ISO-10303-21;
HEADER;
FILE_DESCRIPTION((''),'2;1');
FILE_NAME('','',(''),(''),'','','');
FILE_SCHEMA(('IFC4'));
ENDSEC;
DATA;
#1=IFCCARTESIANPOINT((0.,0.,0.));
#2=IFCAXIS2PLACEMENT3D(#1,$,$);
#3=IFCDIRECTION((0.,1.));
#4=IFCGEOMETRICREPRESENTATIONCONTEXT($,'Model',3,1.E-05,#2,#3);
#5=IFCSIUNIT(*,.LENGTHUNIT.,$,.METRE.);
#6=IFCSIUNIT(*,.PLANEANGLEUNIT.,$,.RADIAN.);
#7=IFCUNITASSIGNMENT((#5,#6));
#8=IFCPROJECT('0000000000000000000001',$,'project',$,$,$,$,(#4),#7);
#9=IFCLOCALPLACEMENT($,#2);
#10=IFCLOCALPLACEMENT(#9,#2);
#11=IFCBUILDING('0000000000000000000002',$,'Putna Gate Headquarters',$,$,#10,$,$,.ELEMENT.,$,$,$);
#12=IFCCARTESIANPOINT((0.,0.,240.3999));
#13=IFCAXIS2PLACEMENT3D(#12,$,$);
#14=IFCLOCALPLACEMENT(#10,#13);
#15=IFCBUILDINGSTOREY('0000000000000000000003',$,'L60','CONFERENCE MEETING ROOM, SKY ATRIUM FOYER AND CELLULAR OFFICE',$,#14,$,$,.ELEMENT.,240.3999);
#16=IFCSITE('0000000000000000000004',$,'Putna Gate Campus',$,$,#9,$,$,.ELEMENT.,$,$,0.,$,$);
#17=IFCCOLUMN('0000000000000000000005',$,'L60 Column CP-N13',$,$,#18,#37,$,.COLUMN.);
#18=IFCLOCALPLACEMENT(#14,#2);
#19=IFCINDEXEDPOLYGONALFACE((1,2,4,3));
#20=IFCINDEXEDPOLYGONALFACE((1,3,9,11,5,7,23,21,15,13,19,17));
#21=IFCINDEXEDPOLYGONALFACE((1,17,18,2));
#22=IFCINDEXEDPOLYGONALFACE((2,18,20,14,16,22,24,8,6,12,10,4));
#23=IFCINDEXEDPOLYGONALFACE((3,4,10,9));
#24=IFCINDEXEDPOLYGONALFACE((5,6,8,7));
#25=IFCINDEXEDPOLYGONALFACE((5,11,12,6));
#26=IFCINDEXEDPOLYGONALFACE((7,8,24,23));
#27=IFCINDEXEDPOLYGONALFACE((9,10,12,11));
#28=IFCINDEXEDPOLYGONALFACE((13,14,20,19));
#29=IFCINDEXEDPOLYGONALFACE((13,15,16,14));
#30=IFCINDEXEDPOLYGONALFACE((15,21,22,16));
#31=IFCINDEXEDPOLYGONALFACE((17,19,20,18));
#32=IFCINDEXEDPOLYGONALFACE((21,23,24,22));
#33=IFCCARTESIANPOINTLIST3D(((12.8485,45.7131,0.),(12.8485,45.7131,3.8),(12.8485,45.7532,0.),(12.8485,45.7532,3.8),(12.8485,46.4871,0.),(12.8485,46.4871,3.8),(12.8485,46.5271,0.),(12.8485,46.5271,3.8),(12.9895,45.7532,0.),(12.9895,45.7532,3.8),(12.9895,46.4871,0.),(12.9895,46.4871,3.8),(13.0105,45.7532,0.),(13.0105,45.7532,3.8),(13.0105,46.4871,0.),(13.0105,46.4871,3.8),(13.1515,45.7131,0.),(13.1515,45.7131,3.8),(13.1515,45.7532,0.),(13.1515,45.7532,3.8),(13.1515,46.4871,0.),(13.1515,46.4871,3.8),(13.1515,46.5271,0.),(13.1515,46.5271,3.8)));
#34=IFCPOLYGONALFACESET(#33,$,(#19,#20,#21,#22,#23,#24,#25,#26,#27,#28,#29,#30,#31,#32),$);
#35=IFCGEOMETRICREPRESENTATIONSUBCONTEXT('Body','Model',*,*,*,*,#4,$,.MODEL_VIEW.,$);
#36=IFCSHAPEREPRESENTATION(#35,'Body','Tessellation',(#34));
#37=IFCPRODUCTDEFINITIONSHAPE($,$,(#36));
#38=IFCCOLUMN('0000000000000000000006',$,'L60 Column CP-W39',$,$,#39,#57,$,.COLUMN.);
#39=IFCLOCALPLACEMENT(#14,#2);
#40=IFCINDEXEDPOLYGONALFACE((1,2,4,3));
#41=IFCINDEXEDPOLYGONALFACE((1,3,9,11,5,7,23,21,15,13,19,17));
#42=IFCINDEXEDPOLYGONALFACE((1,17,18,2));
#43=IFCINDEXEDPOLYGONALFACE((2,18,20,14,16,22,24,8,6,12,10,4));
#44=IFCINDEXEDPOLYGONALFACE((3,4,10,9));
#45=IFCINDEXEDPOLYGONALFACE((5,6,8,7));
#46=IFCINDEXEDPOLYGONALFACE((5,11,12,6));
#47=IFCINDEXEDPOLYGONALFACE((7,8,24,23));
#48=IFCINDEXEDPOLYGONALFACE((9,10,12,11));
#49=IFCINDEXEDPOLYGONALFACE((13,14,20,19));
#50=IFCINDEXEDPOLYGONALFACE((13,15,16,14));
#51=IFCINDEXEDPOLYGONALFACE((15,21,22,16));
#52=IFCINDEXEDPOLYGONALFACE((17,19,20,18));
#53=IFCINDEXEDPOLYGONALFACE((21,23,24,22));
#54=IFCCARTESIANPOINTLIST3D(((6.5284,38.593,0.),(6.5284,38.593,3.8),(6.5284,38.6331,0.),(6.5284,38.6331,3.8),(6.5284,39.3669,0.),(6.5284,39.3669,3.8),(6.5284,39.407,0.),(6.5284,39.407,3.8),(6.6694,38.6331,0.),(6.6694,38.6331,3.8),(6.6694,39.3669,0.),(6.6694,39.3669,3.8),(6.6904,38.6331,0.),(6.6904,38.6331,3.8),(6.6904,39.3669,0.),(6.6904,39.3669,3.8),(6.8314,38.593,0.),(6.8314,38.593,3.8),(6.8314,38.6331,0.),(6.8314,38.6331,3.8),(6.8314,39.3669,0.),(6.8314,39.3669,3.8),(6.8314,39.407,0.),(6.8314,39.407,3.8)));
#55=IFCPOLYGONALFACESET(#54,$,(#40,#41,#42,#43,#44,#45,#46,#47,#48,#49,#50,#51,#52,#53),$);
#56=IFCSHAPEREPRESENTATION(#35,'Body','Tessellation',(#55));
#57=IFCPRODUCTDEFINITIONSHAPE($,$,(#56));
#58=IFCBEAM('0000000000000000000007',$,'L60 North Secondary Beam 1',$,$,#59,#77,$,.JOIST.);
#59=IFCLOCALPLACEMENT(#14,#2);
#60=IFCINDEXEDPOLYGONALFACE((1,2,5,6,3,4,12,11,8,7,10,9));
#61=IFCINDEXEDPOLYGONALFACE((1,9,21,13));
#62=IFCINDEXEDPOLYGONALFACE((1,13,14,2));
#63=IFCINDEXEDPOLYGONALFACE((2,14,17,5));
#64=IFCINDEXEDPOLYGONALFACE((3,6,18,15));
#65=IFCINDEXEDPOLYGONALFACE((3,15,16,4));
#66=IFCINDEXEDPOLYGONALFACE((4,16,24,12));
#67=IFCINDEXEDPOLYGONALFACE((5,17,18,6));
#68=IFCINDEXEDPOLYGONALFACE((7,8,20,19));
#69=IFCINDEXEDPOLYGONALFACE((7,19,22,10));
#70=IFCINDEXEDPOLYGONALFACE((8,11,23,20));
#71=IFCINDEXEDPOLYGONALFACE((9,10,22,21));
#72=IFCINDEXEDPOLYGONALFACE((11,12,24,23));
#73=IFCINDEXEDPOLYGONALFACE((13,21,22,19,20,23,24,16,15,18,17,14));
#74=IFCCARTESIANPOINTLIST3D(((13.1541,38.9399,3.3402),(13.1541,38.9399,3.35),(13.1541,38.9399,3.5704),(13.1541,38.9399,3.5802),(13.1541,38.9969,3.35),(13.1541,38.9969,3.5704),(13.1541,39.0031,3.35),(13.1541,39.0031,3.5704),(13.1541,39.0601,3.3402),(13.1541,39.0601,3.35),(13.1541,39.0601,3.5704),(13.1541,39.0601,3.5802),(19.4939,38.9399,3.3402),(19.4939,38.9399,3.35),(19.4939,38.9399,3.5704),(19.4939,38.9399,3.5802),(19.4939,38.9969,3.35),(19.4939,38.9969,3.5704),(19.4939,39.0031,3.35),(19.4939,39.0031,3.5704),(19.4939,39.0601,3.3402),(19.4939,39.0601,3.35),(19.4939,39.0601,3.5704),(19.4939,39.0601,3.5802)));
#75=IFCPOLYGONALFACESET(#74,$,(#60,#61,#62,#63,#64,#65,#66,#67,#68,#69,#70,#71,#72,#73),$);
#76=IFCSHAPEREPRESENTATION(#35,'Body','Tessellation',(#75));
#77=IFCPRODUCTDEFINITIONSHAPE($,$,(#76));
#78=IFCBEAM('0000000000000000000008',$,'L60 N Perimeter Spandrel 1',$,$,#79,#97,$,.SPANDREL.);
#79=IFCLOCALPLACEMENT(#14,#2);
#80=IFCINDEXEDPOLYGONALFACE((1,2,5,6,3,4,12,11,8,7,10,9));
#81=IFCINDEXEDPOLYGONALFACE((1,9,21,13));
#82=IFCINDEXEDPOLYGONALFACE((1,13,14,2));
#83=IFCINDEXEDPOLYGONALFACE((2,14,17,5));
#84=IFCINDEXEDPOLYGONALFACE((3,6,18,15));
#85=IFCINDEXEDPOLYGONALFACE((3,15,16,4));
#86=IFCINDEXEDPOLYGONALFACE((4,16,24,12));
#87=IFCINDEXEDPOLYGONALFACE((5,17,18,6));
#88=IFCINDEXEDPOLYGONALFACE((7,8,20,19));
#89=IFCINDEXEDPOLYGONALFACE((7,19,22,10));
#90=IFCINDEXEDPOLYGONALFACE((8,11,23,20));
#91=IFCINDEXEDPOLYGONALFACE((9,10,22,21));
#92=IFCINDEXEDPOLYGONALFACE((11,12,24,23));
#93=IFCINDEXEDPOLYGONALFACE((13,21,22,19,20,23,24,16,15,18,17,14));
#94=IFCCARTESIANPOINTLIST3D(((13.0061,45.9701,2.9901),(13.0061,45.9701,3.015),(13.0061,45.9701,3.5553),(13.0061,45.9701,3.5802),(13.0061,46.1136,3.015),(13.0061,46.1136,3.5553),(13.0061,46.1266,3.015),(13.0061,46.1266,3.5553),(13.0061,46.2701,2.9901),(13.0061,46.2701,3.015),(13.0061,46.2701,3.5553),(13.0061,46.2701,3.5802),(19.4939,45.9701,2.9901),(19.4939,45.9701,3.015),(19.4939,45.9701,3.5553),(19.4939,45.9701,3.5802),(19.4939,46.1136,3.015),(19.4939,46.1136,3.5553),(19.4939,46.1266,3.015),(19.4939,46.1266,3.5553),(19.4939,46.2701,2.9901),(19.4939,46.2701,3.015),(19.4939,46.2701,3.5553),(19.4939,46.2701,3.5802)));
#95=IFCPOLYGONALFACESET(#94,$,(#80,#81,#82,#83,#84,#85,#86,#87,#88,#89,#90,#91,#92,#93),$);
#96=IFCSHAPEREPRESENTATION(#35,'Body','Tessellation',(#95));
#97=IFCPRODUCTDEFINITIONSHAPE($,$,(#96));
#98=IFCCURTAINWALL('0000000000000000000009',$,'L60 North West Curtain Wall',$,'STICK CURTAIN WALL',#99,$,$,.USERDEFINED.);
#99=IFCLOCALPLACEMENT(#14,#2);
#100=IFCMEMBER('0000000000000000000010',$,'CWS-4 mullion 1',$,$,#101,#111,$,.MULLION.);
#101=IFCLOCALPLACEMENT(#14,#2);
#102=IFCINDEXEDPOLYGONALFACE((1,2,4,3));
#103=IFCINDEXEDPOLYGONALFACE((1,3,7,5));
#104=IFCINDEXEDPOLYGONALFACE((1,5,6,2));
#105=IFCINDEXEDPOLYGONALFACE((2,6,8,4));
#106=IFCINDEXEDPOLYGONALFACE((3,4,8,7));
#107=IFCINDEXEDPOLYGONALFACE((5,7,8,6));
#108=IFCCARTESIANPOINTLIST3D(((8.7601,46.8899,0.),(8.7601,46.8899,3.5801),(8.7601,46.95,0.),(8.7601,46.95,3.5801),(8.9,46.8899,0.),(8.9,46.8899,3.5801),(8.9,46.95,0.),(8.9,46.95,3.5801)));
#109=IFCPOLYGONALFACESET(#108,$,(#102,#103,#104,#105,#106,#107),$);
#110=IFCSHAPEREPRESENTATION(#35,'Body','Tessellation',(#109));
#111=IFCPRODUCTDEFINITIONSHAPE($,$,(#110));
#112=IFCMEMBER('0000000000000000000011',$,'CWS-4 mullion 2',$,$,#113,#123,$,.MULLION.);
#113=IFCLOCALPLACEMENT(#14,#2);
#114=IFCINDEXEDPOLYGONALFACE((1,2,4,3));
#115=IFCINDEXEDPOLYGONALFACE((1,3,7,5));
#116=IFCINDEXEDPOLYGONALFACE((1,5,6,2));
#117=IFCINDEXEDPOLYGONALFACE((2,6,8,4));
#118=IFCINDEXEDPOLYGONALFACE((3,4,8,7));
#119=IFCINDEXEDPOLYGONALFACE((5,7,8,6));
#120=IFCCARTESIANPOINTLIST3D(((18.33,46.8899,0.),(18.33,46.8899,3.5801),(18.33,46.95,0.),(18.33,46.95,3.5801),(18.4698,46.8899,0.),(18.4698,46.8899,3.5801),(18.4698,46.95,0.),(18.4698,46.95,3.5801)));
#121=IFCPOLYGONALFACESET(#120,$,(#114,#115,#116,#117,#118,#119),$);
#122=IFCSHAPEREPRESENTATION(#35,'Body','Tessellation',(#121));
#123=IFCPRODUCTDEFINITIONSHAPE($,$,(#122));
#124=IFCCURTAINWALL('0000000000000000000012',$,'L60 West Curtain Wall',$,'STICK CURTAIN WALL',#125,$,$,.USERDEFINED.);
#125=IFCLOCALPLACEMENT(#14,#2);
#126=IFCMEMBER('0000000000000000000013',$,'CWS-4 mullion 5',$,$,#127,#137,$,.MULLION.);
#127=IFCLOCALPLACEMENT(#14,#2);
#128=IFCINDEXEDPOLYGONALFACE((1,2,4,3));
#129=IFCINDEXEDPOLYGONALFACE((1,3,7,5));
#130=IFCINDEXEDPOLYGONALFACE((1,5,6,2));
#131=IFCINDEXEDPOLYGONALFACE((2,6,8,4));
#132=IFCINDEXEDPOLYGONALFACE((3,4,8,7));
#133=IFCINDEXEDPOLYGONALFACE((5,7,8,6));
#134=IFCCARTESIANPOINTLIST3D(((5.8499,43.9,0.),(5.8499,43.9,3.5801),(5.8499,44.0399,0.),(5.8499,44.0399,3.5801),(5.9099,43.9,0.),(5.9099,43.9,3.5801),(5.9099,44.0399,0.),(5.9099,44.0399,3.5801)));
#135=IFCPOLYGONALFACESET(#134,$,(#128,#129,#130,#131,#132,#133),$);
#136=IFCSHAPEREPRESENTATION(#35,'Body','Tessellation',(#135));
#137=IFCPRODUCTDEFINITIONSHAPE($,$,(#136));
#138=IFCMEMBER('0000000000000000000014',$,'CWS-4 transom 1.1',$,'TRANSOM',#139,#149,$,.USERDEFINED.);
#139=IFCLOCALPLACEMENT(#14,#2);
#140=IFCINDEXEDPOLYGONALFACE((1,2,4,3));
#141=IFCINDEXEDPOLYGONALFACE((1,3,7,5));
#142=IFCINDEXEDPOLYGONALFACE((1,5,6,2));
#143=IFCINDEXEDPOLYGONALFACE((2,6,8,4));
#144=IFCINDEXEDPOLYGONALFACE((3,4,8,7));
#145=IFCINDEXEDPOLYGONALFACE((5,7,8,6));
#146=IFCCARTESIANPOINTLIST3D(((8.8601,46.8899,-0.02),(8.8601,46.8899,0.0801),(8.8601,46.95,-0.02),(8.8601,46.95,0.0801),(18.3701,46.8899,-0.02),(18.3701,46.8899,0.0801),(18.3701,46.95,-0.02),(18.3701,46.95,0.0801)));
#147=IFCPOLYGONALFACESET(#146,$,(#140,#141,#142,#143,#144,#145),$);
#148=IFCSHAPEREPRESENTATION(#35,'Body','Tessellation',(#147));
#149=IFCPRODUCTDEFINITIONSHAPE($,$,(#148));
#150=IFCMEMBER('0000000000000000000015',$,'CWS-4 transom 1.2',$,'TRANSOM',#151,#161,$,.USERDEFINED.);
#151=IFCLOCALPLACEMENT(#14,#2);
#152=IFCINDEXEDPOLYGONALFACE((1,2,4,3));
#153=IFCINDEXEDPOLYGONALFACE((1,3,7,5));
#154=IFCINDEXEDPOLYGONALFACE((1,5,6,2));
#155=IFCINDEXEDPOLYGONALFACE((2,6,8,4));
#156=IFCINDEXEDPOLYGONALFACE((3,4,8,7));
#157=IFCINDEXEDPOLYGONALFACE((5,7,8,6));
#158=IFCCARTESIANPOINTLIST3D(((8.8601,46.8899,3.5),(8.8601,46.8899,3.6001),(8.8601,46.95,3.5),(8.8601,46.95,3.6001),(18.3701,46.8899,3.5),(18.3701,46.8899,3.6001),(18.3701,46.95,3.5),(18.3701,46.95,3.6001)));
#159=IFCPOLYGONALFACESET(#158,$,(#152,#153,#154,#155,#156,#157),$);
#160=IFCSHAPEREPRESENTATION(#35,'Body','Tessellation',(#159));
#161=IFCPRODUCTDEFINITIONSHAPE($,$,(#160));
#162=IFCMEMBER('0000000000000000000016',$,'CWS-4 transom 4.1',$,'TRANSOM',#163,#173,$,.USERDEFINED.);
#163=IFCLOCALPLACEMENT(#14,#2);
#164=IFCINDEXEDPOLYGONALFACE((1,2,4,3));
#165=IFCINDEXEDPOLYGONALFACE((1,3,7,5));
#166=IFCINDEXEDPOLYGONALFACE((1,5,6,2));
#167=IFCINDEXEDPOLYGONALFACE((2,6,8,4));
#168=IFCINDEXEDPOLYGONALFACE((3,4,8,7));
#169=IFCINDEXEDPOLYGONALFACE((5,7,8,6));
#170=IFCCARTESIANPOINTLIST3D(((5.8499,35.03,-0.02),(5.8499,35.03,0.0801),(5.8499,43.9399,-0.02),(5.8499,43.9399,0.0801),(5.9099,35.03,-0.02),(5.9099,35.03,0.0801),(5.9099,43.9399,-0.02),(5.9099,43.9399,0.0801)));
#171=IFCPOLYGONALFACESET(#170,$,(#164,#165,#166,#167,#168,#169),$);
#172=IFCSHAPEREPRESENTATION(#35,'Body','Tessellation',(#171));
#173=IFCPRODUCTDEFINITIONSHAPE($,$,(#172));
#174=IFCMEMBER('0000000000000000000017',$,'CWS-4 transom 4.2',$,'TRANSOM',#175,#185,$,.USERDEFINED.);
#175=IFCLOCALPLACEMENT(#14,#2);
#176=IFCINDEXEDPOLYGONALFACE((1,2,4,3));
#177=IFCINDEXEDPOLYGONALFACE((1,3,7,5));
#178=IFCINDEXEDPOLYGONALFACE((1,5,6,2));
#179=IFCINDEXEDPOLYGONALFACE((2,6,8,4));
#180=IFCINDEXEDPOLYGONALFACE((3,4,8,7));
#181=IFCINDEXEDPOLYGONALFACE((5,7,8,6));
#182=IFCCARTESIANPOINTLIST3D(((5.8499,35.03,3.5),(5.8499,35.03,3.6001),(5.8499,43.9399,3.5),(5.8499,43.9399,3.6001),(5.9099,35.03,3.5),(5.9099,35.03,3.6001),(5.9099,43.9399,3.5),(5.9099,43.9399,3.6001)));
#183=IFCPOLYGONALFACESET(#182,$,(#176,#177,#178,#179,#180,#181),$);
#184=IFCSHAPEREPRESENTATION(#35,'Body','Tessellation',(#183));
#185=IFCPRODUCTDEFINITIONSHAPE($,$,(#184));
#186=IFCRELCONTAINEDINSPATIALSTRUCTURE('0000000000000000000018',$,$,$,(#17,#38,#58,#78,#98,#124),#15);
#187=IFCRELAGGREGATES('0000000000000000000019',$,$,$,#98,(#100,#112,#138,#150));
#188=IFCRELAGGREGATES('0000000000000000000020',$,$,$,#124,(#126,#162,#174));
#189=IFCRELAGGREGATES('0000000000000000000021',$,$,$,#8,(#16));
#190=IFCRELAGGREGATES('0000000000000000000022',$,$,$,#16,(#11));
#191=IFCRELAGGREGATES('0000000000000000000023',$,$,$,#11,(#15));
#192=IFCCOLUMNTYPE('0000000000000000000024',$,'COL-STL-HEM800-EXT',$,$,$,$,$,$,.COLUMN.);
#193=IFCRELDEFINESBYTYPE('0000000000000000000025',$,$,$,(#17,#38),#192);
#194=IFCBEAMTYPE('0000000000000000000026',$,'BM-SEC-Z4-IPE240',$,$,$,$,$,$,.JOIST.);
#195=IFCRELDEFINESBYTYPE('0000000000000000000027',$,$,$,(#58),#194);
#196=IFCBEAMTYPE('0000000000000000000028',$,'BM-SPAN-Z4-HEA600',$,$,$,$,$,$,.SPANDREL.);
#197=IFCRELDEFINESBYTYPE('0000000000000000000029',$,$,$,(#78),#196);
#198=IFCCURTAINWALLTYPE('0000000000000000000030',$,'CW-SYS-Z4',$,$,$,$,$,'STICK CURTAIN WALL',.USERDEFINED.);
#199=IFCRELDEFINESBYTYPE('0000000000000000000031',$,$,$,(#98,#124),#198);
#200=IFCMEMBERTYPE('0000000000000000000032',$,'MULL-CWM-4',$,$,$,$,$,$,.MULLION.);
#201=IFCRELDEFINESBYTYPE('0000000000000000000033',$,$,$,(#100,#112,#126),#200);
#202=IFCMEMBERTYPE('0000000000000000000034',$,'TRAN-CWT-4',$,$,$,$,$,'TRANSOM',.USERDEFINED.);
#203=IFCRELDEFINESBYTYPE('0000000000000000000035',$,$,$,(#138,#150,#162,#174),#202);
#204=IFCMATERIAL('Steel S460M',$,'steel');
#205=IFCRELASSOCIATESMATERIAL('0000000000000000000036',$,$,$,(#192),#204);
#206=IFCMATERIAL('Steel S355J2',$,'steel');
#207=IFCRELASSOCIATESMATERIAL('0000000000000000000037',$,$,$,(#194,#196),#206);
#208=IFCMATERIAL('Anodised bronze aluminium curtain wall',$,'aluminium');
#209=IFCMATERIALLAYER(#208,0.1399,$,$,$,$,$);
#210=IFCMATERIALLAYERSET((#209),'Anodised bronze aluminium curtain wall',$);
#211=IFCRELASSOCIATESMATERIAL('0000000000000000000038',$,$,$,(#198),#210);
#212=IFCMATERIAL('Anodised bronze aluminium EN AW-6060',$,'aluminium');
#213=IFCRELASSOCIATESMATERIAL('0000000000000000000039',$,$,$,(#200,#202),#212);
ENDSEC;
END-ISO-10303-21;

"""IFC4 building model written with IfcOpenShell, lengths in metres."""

from ifc_helpers import new_model, si_unit, direction, frame, origin, origin_2d, place, context, subcontext, project, spatial, rectangle, i_section, extrude, material, layer, layer_set, material_profile, profile_set, type_object, element, aggregate, save


model = new_model("IFC4")

# Units and contexts
model_context = context("Model", 3, precision=1e-05, world=origin(), true_north=direction((0.0, 1.0)))
body_context = subcontext(model_context, "Body", "Model", "MODEL_VIEW")
ifc_project = project(units=[si_unit("LENGTHUNIT", "METRE"), si_unit("PLANEANGLEUNIT", "RADIAN")], contexts=[model_context])

# Site, building, storey
site_placement = place(None, origin())
site = spatial("IfcSite", under=ifc_project, at=site_placement, Name="Putna Gate Campus", CompositionType="ELEMENT", RefElevation=0.0)
building_placement = place(site_placement, origin())
building = spatial("IfcBuilding", under=site, at=building_placement, Name="Putna Gate Headquarters", CompositionType="ELEMENT")
storey_placement = place(building_placement, frame((0.0, 0.0, 240.3999)))
storey = spatial("IfcBuildingStorey", under=building, at=storey_placement, Name="L60", Description="CONFERENCE MEETING ROOM, SKY ATRIUM FOYER AND CELLULAR OFFICE", CompositionType="ELEMENT", Elevation=240.3999)

# Columns
ifc_material_1 = material(Name="Steel S460M", Category="steel")
ifc_material_profile_1 = material_profile(ifc_material_1, i_section(OverallWidth=0.303, OverallDepth=0.814, WebThickness=0.021, FlangeThickness=0.04, at=origin_2d()), Name="Steel S460M")
ifc_profile_set_1 = profile_set([ifc_material_profile_1], Name="Steel S460M")
column_type = type_object("IfcColumnType", Name="COL-STL-HEM800-EXT", PredefinedType="COLUMN", material=ifc_profile_set_1)
for number, where, z_axis, x_axis, name in (
    (1, (13.0, 46.1201, 0.0), (0.0, 0.0, 1.0), (1.0, 0.0, 0.0), "L60 Column CP-N13"),
    (2, (6.6799, 39.0, 0.0), (0.0, 0.0, 1.0), (1.0, 0.0, 0.0), "L60 Column CP-W39"),
):
    element("IfcColumn", number, at=place(storey_placement, frame(where, z_axis=z_axis, x_axis=x_axis)), inside=storey, type_object=column_type, Name=name, PredefinedType="COLUMN", context=body_context, shape_type="SweptSolid", body=[
        extrude(i_section(OverallWidth=0.303, OverallDepth=0.814, WebThickness=0.021, FlangeThickness=0.04, at=origin_2d()), origin(), (0.0, 0.0, 1.0), 3.8),
    ])

# Beams
ifc_material_2 = material(Name="Steel S355J2", Category="steel")
ifc_material_profile_2 = material_profile(ifc_material_2, i_section(OverallWidth=0.1201, OverallDepth=0.24, WebThickness=0.0061, FlangeThickness=0.0098, at=origin_2d()), Name="Steel S355J2")
ifc_profile_set_2 = profile_set([ifc_material_profile_2], Name="Steel S355J2")
beam_type_1 = type_object("IfcBeamType", Name="BM-SEC-Z4-IPE240", PredefinedType="JOIST", material=ifc_profile_set_2)
beam_1_placement = place(storey_placement, frame((13.1541, 39.0, 3.4602), z_axis=(1.0, 0.0, 0.0), x_axis=(0.0, 1.0, 0.0)))
element("IfcBeam", 3, at=beam_1_placement, inside=storey, type_object=beam_type_1, Name="L60 North Secondary Beam 1", PredefinedType="JOIST", context=body_context, shape_type="SweptSolid", body=[
    extrude(i_section(OverallWidth=0.1201, OverallDepth=0.24, WebThickness=0.0061, FlangeThickness=0.0098, at=origin_2d()), origin(), (0.0, 0.0, 1.0), 6.3398),
])
ifc_material_profile_3 = material_profile(ifc_material_2, i_section(OverallWidth=0.3, OverallDepth=0.5901, WebThickness=0.0129, FlangeThickness=0.0249, at=origin_2d()), Name="Steel S355J2")
ifc_profile_set_3 = profile_set([ifc_material_profile_3], Name="Steel S355J2")
beam_type_2 = type_object("IfcBeamType", Name="BM-SPAN-Z4-HEA600", PredefinedType="SPANDREL", material=ifc_profile_set_3)
beam_2_placement = place(storey_placement, frame((13.0061, 46.1201, 3.2852), z_axis=(1.0, 0.0, 0.0), x_axis=(0.0, 1.0, 0.0)))
element("IfcBeam", 4, at=beam_2_placement, inside=storey, type_object=beam_type_2, Name="L60 N Perimeter Spandrel 1", PredefinedType="SPANDREL", context=body_context, shape_type="SweptSolid", body=[
    extrude(i_section(OverallWidth=0.3, OverallDepth=0.5901, WebThickness=0.0129, FlangeThickness=0.0249, at=origin_2d()), origin(), (0.0, 0.0, 1.0), 6.4878),
])

# Curtain wall, members
ifc_material_3 = material(Name="Anodised bronze aluminium curtain wall", Category="aluminium")
ifc_layer_1 = layer(ifc_material_3, 0.1399)
ifc_layer_set_1 = layer_set([ifc_layer_1], Name="Anodised bronze aluminium curtain wall")
curtain_wall_type = type_object("IfcCurtainWallType", Name="CW-SYS-Z4", ElementType="STICK CURTAIN WALL", PredefinedType="USERDEFINED", material=ifc_layer_set_1)
curtain_wall_1_placement = place(storey_placement, origin())
curtain_wall_1 = element("IfcCurtainWall", 5, at=curtain_wall_1_placement, inside=storey, type_object=curtain_wall_type, Name="L60 North West Curtain Wall", ObjectType="STICK CURTAIN WALL", PredefinedType="USERDEFINED")
ifc_material_4 = material(Name="Anodised bronze aluminium EN AW-6060", Category="aluminium")
ifc_material_profile_4 = material_profile(ifc_material_4, rectangle(XDim=0.0601, YDim=0.1399, at=origin_2d()), Name="Anodised bronze aluminium EN AW-6060")
ifc_profile_set_4 = profile_set([ifc_material_profile_4], Name="Anodised bronze aluminium EN AW-6060")
member_type_1 = type_object("IfcMemberType", Name="MULL-CWM-4", PredefinedType="MULLION", material=ifc_profile_set_4)
member_1_placement = place(storey_placement, frame((8.8301, 46.9199, 0.0), z_axis=(0.0, 0.0, 1.0), x_axis=(0.0, 1.0, 0.0)))
member_1 = element("IfcMember", 6, at=member_1_placement, type_object=member_type_1, Name="CWS-4 mullion 1", PredefinedType="MULLION", context=body_context, shape_type="SweptSolid", body=[
    extrude(rectangle(XDim=0.0601, YDim=0.1399, at=origin_2d()), origin(), (0.0, 0.0, 1.0), 3.5801),
])
member_2_placement = place(storey_placement, frame((18.3999, 46.9199, 0.0), z_axis=(0.0, 0.0, 1.0), x_axis=(0.0, 1.0, 0.0)))
member_2 = element("IfcMember", 7, at=member_2_placement, type_object=member_type_1, Name="CWS-4 mullion 2", PredefinedType="MULLION", context=body_context, shape_type="SweptSolid", body=[
    extrude(rectangle(XDim=0.0601, YDim=0.1399, at=origin_2d()), origin(), (0.0, 0.0, 1.0), 3.5801),
])

# Curtain wall, member
curtain_wall_2_placement = place(storey_placement, origin())
curtain_wall_2 = element("IfcCurtainWall", 8, at=curtain_wall_2_placement, inside=storey, type_object=curtain_wall_type, Name="L60 West Curtain Wall", ObjectType="STICK CURTAIN WALL", PredefinedType="USERDEFINED")
member_3_placement = place(storey_placement, frame((5.8799, 43.97, 0.0), z_axis=(0.0, 0.0, 1.0), x_axis=(-1.0, 0.0, 0.0)))
member_3 = element("IfcMember", 9, at=member_3_placement, type_object=member_type_1, Name="CWS-4 mullion 5", PredefinedType="MULLION", context=body_context, shape_type="SweptSolid", body=[
    extrude(rectangle(XDim=0.0601, YDim=0.1399, at=origin_2d()), origin(), (0.0, 0.0, 1.0), 3.5801),
])

# Members
ifc_material_profile_5 = material_profile(ifc_material_4, rectangle(XDim=0.0601, YDim=0.1001, at=origin_2d()), Name="Anodised bronze aluminium EN AW-6060")
ifc_profile_set_5 = profile_set([ifc_material_profile_5], Name="Anodised bronze aluminium EN AW-6060")
member_type_2 = type_object("IfcMemberType", Name="TRAN-CWT-4", ElementType="TRANSOM", PredefinedType="USERDEFINED", material=ifc_profile_set_5)
member_4_placement = place(storey_placement, frame((8.8601, 46.9199, 0.03), z_axis=(1.0, 0.0, 0.0), x_axis=(0.0, 1.0, 0.0)))
member_4 = element("IfcMember", 10, at=member_4_placement, type_object=member_type_2, Name="CWS-4 transom 1.1", ObjectType="TRANSOM", PredefinedType="USERDEFINED", context=body_context, shape_type="SweptSolid", body=[
    extrude(rectangle(XDim=0.0601, YDim=0.1001, at=origin_2d()), origin(), (0.0, 0.0, 1.0), 9.51),
])
member_5_placement = place(storey_placement, frame((8.8601, 46.9199, 3.55), z_axis=(1.0, 0.0, 0.0), x_axis=(0.0, 1.0, 0.0)))
member_5 = element("IfcMember", 11, at=member_5_placement, type_object=member_type_2, Name="CWS-4 transom 1.2", ObjectType="TRANSOM", PredefinedType="USERDEFINED", context=body_context, shape_type="SweptSolid", body=[
    extrude(rectangle(XDim=0.0601, YDim=0.1001, at=origin_2d()), origin(), (0.0, 0.0, 1.0), 9.51),
])
member_6_placement = place(storey_placement, frame((5.8799, 35.03, 0.03), z_axis=(0.0, 1.0, 0.0), x_axis=(-1.0, 0.0, 0.0)))
member_6 = element("IfcMember", 12, at=member_6_placement, type_object=member_type_2, Name="CWS-4 transom 4.1", ObjectType="TRANSOM", PredefinedType="USERDEFINED", context=body_context, shape_type="SweptSolid", body=[
    extrude(rectangle(XDim=0.0601, YDim=0.1001, at=origin_2d()), origin(), (0.0, 0.0, 1.0), 8.9099),
])
member_7_placement = place(storey_placement, frame((5.8799, 35.03, 3.55), z_axis=(0.0, 1.0, 0.0), x_axis=(-1.0, 0.0, 0.0)))
member_7 = element("IfcMember", 13, at=member_7_placement, type_object=member_type_2, Name="CWS-4 transom 4.2", ObjectType="TRANSOM", PredefinedType="USERDEFINED", context=body_context, shape_type="SweptSolid", body=[
    extrude(rectangle(XDim=0.0601, YDim=0.1001, at=origin_2d()), origin(), (0.0, 0.0, 1.0), 8.9099),
])

aggregate(curtain_wall_1, [member_1, member_2, member_4, member_5])
aggregate(curtain_wall_2, [member_3, member_6, member_7])

save(model, "model.ifc")
